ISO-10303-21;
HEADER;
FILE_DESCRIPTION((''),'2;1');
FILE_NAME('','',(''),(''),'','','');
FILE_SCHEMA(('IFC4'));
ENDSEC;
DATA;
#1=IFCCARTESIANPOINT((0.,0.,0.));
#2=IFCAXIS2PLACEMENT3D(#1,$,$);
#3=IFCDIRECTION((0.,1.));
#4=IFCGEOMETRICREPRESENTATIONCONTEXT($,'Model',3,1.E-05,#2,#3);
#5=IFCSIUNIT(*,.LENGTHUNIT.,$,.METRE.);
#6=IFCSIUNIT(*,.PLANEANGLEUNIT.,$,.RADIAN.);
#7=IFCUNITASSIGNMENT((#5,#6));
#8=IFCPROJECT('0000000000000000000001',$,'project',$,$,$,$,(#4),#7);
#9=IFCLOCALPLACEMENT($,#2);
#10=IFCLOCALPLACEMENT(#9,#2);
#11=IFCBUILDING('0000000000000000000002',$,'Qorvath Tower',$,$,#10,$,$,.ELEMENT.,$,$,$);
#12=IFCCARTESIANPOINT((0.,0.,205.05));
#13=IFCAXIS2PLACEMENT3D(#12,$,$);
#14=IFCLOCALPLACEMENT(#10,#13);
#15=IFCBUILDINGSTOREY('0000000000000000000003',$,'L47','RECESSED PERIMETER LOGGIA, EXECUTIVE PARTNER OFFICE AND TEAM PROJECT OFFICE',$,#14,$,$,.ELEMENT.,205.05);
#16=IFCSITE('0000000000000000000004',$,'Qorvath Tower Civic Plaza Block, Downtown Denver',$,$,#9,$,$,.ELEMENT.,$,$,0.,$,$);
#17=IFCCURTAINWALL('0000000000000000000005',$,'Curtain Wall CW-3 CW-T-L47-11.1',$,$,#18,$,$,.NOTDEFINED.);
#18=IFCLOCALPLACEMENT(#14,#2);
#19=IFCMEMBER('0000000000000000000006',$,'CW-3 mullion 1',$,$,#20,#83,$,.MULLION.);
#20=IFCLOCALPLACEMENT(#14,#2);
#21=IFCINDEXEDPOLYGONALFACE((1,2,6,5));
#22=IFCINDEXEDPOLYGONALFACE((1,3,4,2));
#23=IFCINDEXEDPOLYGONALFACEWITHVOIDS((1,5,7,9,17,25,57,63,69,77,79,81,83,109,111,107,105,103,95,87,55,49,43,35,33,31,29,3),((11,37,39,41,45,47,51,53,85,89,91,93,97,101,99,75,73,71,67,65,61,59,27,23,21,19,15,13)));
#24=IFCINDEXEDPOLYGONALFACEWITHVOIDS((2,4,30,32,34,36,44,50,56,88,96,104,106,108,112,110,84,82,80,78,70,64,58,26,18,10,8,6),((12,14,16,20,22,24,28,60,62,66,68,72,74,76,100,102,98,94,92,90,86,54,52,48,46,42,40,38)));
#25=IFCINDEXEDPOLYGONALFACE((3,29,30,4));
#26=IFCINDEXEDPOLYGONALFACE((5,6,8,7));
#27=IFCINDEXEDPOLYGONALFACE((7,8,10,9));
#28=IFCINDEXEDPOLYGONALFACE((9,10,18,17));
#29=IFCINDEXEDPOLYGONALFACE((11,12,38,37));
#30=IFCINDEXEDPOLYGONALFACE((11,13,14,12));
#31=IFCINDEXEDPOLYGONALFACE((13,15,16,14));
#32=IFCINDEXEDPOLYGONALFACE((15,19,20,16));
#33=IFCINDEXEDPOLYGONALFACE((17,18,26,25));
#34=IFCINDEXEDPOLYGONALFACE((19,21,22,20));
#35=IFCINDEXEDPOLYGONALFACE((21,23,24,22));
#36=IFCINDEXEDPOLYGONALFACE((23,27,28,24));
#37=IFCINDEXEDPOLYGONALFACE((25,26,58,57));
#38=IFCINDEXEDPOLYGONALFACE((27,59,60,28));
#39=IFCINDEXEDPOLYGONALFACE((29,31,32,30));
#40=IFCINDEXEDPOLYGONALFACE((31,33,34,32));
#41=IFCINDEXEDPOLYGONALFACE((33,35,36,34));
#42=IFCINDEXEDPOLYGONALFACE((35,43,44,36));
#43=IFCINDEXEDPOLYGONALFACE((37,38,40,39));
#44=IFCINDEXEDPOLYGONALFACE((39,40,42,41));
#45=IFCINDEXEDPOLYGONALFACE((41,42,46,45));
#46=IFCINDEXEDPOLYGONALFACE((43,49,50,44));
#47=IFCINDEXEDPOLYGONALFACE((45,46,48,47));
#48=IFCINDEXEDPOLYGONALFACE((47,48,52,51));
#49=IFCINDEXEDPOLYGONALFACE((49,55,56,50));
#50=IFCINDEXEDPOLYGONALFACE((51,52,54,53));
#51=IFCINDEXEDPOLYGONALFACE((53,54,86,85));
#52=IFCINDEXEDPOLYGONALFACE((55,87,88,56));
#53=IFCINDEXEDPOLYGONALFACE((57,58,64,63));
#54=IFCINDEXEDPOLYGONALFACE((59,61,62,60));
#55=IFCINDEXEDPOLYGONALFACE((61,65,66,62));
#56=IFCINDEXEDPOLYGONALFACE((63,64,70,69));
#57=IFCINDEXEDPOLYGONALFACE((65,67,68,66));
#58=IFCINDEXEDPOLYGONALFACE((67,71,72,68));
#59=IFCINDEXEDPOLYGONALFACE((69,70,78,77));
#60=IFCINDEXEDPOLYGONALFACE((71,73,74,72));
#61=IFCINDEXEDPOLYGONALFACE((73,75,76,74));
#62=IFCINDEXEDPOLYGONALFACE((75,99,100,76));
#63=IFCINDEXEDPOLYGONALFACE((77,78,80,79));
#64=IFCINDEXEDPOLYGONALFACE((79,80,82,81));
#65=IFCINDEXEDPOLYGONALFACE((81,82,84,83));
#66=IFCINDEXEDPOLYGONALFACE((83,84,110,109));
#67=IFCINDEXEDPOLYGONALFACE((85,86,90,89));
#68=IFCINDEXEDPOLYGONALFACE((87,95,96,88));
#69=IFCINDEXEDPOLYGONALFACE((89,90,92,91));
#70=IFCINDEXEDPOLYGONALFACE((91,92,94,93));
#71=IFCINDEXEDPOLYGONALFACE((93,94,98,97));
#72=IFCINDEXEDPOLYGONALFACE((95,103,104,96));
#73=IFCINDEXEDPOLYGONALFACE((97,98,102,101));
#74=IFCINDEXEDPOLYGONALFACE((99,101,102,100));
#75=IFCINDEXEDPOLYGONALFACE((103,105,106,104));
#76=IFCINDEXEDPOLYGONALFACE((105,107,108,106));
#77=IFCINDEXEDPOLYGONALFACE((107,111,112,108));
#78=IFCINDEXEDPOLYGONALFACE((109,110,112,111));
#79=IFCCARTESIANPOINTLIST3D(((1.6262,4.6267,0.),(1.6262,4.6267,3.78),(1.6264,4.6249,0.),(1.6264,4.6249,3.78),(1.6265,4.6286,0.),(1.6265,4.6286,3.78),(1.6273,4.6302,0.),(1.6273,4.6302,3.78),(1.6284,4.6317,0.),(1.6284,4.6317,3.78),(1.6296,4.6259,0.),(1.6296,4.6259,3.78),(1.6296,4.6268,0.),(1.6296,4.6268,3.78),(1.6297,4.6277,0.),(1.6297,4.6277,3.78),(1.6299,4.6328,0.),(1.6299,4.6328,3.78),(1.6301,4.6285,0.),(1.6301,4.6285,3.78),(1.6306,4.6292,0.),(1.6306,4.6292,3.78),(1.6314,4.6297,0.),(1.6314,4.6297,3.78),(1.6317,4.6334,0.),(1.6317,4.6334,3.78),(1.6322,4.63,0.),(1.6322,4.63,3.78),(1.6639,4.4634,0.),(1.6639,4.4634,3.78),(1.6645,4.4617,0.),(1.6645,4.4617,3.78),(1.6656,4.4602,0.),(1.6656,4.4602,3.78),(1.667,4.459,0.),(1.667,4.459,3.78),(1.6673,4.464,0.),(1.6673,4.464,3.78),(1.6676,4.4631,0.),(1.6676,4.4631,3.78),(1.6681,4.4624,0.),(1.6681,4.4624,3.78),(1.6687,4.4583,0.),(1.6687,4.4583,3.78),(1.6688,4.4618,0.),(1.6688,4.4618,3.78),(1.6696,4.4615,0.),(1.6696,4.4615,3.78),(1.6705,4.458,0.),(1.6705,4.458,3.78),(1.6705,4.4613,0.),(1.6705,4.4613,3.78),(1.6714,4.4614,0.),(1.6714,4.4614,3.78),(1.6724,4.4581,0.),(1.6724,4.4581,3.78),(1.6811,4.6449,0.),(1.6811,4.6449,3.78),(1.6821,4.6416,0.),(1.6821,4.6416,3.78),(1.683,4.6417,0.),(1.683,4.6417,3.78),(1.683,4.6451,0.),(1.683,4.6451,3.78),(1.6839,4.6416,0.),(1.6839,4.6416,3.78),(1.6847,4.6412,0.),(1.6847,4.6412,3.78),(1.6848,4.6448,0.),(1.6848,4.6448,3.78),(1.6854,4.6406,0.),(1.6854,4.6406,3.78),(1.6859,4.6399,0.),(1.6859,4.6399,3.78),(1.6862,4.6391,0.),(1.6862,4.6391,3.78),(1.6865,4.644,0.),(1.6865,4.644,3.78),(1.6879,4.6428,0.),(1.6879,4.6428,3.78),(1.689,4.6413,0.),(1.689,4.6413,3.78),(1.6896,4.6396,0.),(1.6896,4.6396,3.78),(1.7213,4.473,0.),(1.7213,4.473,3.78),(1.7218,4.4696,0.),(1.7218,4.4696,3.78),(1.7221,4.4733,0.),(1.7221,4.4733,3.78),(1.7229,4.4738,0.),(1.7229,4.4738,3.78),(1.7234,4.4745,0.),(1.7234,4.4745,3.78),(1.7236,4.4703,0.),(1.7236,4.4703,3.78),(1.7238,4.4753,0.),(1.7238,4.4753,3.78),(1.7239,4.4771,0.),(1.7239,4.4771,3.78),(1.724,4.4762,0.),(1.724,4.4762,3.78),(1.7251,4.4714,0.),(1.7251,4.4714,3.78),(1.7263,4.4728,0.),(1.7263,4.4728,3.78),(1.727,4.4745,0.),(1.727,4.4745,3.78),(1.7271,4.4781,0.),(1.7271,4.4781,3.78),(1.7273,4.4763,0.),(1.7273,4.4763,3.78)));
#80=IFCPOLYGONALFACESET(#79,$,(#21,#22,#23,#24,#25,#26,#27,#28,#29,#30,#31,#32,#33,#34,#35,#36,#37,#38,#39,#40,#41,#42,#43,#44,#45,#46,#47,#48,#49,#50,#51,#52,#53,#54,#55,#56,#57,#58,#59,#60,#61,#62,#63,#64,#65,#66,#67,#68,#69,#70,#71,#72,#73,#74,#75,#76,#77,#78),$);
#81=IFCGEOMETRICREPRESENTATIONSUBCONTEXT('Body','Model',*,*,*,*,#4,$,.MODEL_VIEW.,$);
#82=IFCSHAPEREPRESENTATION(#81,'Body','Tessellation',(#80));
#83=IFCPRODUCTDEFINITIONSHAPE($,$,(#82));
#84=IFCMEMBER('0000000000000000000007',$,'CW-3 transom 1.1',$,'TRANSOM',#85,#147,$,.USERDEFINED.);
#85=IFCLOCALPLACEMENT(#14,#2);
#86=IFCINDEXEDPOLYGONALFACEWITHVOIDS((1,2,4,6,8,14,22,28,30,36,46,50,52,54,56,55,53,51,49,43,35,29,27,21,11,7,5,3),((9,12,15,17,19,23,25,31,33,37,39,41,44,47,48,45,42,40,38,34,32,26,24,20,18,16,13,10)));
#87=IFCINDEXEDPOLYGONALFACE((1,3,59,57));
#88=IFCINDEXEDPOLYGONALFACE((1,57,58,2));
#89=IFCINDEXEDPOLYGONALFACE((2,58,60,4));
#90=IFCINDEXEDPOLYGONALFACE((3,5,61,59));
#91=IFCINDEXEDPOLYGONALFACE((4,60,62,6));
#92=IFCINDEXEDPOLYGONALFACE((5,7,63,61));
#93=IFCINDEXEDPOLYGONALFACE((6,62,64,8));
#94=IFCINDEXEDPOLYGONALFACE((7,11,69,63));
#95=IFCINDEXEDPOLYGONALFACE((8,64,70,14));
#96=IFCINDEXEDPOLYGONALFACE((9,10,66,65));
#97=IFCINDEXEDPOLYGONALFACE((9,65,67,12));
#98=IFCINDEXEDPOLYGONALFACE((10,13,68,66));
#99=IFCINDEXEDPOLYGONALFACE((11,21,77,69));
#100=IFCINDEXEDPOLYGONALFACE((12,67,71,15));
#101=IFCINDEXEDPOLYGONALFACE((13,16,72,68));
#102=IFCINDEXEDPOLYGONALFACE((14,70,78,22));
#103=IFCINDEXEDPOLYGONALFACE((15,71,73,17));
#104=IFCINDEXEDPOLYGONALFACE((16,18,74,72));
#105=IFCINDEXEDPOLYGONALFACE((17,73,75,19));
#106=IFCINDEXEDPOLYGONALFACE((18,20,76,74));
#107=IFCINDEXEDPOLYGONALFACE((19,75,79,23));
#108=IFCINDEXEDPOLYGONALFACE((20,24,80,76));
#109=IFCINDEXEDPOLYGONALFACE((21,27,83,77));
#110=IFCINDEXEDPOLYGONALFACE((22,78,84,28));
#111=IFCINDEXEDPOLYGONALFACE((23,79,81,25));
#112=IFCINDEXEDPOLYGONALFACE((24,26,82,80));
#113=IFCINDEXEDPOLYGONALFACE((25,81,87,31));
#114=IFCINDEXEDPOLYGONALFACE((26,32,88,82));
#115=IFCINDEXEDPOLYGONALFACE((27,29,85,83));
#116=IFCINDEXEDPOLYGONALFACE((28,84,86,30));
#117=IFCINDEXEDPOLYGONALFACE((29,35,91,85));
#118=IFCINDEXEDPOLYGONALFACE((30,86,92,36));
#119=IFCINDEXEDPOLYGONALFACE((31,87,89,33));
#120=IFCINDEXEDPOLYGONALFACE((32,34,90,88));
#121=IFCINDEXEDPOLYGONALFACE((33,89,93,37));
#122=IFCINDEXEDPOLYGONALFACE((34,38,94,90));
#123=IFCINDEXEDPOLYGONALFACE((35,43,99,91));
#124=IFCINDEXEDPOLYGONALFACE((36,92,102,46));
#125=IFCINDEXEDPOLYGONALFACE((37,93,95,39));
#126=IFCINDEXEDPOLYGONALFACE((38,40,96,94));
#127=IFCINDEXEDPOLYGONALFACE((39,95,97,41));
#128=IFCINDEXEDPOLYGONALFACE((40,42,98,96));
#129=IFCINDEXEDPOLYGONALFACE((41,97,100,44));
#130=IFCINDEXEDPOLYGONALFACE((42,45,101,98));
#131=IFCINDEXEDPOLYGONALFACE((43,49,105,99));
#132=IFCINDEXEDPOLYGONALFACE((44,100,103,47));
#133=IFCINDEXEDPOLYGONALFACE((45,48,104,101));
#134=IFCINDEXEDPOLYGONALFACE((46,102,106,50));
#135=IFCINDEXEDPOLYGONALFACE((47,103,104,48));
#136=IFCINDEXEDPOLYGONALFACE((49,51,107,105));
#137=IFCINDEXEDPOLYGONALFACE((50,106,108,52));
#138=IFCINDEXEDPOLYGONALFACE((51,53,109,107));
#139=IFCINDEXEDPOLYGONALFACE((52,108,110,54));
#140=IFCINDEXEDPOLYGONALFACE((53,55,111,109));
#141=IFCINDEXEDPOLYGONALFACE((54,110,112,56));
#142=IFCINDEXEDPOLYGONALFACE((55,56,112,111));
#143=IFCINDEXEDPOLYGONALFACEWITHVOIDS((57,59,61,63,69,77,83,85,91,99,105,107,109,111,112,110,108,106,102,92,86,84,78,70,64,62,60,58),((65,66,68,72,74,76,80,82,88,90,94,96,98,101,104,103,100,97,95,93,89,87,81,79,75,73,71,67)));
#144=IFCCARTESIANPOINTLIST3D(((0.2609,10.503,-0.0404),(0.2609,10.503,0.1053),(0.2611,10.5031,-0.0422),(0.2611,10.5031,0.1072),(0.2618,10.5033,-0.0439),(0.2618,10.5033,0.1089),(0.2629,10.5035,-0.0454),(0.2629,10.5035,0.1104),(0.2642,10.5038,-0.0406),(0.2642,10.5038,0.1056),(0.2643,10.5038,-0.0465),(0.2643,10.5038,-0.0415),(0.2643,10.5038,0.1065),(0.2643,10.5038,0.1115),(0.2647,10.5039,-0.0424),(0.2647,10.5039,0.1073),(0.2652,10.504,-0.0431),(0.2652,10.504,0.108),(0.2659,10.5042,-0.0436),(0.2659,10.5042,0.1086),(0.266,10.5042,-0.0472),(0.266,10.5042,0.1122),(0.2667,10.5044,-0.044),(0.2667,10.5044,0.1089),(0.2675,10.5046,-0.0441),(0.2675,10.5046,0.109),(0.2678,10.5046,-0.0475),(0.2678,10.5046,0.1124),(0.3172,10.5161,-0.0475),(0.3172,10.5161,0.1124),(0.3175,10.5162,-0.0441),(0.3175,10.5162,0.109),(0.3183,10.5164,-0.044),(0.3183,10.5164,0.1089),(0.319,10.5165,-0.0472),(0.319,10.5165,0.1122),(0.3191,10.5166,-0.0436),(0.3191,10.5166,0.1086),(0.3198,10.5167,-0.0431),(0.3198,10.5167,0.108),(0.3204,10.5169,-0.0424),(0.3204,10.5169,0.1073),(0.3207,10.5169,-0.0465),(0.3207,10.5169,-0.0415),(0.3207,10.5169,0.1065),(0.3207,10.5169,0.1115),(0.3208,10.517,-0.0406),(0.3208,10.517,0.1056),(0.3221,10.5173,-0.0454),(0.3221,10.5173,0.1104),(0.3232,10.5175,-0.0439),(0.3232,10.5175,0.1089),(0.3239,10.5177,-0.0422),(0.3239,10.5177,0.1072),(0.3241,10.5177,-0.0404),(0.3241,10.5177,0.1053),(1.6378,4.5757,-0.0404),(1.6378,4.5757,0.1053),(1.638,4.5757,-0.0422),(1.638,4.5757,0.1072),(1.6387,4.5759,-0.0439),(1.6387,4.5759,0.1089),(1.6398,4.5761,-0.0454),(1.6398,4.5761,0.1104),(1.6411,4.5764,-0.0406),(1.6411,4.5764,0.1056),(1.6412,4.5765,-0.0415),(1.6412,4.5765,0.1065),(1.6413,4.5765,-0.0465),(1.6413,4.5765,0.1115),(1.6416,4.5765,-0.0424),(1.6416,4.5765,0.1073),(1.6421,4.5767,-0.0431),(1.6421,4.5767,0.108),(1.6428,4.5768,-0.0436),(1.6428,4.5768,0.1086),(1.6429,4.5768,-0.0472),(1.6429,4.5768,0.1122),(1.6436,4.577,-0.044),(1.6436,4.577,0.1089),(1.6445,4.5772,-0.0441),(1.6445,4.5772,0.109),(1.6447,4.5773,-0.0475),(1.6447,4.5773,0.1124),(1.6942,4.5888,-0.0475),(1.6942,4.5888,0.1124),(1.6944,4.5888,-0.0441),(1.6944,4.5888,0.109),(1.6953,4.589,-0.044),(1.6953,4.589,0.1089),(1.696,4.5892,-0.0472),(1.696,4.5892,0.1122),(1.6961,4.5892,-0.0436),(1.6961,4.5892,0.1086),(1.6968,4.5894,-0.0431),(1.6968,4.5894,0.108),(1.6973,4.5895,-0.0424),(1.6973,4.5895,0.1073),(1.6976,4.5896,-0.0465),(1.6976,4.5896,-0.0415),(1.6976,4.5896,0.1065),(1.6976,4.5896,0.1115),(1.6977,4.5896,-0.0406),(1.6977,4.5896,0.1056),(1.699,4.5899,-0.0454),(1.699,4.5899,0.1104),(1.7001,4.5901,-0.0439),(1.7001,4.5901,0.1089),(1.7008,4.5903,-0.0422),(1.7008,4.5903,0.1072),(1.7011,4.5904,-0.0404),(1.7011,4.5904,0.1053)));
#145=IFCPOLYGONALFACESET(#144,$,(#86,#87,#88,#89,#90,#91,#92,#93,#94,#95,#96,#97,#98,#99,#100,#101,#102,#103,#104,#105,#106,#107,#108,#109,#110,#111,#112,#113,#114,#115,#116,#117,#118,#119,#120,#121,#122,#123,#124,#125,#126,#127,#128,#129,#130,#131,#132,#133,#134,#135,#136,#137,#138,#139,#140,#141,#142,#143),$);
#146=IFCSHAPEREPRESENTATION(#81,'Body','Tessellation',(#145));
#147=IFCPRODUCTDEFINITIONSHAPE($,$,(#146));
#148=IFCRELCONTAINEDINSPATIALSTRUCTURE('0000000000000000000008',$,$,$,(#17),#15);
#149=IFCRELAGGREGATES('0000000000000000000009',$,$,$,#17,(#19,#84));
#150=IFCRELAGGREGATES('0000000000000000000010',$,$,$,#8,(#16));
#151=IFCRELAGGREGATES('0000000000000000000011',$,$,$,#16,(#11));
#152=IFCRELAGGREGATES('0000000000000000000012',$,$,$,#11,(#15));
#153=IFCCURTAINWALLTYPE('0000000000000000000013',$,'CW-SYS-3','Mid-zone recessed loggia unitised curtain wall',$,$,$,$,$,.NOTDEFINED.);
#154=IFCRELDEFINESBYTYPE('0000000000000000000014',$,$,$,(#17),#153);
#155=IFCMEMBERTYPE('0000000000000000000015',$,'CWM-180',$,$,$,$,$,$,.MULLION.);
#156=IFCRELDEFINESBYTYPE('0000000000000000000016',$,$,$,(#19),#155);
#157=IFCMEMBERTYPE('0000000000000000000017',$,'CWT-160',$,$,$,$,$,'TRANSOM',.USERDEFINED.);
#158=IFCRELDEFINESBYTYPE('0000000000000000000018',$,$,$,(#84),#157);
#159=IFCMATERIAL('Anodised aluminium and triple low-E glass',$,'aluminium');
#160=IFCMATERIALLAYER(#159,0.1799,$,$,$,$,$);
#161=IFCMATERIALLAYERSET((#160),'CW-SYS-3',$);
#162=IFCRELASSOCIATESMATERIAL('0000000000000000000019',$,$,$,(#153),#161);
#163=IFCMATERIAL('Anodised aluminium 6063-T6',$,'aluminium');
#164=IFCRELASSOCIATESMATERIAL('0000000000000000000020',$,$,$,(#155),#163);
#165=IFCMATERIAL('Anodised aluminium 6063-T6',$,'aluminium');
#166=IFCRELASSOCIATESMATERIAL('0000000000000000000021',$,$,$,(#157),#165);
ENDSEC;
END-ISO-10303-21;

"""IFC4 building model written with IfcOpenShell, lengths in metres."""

from ifc_helpers import new_model, si_unit, direction, frame, origin, origin_2d, place, context, subcontext, project, spatial, hollow_rectangle, extrude, material, layer, layer_set, material_profile, profile_set, type_object, element, aggregate, save


model = new_model("IFC4")

# Units and contexts
model_context = context("Model", 3, precision=1e-05, world=origin(), true_north=direction((0.0, 1.0)))
body_context = subcontext(model_context, "Body", "Model", "MODEL_VIEW")
ifc_project = project(units=[si_unit("LENGTHUNIT", "METRE"), si_unit("PLANEANGLEUNIT", "RADIAN")], contexts=[model_context])

# Site, building, storey
site_placement = place(None, origin())
site = spatial("IfcSite", under=ifc_project, at=site_placement, Name="Qorvath Tower Civic Plaza Block, Downtown Denver", CompositionType="ELEMENT", RefElevation=0.0)
building_placement = place(site_placement, origin())
building = spatial("IfcBuilding", under=site, at=building_placement, Name="Qorvath Tower", CompositionType="ELEMENT")
storey_placement = place(building_placement, frame((0.0, 0.0, 205.05)))
storey = spatial("IfcBuildingStorey", under=building, at=storey_placement, Name="L47", Description="RECESSED PERIMETER LOGGIA, EXECUTIVE PARTNER OFFICE AND TEAM PROJECT OFFICE", CompositionType="ELEMENT", Elevation=205.05)

# Curtain wall, members
ifc_material_1 = material(Name="Anodised aluminium and triple low-E glass", Category="aluminium")
ifc_layer_1 = layer(ifc_material_1, 0.1799)
ifc_layer_set_1 = layer_set([ifc_layer_1], Name="CW-SYS-3")
curtain_wall_type = type_object("IfcCurtainWallType", Name="CW-SYS-3", Description="Mid-zone recessed loggia unitised curtain wall", PredefinedType="NOTDEFINED", material=ifc_layer_set_1)
curtain_wall_placement = place(storey_placement, origin())
curtain_wall = element("IfcCurtainWall", 1, at=curtain_wall_placement, inside=storey, type_object=curtain_wall_type, Name="Curtain Wall CW-3 CW-T-L47-11.1", PredefinedType="NOTDEFINED")
ifc_material_2 = material(Name="Anodised aluminium 6063-T6", Category="aluminium")
ifc_material_profile_1 = material_profile(ifc_material_2, hollow_rectangle(XDim=0.0649, YDim=0.1799, WallThickness=0.0034, InnerFilletRadius=0.0034, OuterFilletRadius=0.0071, at=origin_2d()), Name="CWM 180x65")
ifc_profile_set_1 = profile_set([ifc_material_profile_1], Name="Anodised aluminium 6063-T6")
member_type_1 = type_object("IfcMemberType", Name="CWM-180", PredefinedType="MULLION", material=ifc_profile_set_1)
member_1_placement = place(storey_placement, frame((1.6768, 4.5515, 0.0), z_axis=(0.0, 0.0, 1.0), x_axis=(-0.974064, -0.226272, 0.0)))
member_1 = element("IfcMember", 2, at=member_1_placement, type_object=member_type_1, Name="CW-3 mullion 1", PredefinedType="MULLION", context=body_context, shape_type="SweptSolid", body=[
    extrude(hollow_rectangle(XDim=0.0649, YDim=0.1799, WallThickness=0.0034, InnerFilletRadius=0.0034, OuterFilletRadius=0.0071, at=origin_2d()), origin(), (0.0, 0.0, 1.0), 3.78),
])
ifc_material_3 = material(Name="Anodised aluminium 6063-T6", Category="aluminium")
ifc_material_profile_2 = material_profile(ifc_material_3, hollow_rectangle(XDim=0.0649, YDim=0.1599, WallThickness=0.0034, InnerFilletRadius=0.0034, OuterFilletRadius=0.0071, at=origin_2d()), Name="CWT 160x65")
ifc_profile_set_2 = profile_set([ifc_material_profile_2], Name="Anodised aluminium 6063-T6")
member_type_2 = type_object("IfcMemberType", Name="CWT-160", ElementType="TRANSOM", PredefinedType="USERDEFINED", material=ifc_profile_set_2)
member_2_placement = place(storey_placement, frame((1.6694, 4.583, 0.0325), z_axis=(-0.226274, 0.974064, 0.0), x_axis=(-0.974064, -0.226274, 0.0)))
member_2 = element("IfcMember", 3, at=member_2_placement, type_object=member_type_2, Name="CW-3 transom 1.1", ObjectType="TRANSOM", PredefinedType="USERDEFINED", context=body_context, shape_type="SweptSolid", body=[
    extrude(hollow_rectangle(XDim=0.0649, YDim=0.1599, WallThickness=0.0034, InnerFilletRadius=0.0034, OuterFilletRadius=0.0071, at=origin_2d()), origin(), (0.0, 0.0, 1.0), 6.0852),
])
aggregate(curtain_wall, [member_1, member_2])

save(model, "model.ifc")
